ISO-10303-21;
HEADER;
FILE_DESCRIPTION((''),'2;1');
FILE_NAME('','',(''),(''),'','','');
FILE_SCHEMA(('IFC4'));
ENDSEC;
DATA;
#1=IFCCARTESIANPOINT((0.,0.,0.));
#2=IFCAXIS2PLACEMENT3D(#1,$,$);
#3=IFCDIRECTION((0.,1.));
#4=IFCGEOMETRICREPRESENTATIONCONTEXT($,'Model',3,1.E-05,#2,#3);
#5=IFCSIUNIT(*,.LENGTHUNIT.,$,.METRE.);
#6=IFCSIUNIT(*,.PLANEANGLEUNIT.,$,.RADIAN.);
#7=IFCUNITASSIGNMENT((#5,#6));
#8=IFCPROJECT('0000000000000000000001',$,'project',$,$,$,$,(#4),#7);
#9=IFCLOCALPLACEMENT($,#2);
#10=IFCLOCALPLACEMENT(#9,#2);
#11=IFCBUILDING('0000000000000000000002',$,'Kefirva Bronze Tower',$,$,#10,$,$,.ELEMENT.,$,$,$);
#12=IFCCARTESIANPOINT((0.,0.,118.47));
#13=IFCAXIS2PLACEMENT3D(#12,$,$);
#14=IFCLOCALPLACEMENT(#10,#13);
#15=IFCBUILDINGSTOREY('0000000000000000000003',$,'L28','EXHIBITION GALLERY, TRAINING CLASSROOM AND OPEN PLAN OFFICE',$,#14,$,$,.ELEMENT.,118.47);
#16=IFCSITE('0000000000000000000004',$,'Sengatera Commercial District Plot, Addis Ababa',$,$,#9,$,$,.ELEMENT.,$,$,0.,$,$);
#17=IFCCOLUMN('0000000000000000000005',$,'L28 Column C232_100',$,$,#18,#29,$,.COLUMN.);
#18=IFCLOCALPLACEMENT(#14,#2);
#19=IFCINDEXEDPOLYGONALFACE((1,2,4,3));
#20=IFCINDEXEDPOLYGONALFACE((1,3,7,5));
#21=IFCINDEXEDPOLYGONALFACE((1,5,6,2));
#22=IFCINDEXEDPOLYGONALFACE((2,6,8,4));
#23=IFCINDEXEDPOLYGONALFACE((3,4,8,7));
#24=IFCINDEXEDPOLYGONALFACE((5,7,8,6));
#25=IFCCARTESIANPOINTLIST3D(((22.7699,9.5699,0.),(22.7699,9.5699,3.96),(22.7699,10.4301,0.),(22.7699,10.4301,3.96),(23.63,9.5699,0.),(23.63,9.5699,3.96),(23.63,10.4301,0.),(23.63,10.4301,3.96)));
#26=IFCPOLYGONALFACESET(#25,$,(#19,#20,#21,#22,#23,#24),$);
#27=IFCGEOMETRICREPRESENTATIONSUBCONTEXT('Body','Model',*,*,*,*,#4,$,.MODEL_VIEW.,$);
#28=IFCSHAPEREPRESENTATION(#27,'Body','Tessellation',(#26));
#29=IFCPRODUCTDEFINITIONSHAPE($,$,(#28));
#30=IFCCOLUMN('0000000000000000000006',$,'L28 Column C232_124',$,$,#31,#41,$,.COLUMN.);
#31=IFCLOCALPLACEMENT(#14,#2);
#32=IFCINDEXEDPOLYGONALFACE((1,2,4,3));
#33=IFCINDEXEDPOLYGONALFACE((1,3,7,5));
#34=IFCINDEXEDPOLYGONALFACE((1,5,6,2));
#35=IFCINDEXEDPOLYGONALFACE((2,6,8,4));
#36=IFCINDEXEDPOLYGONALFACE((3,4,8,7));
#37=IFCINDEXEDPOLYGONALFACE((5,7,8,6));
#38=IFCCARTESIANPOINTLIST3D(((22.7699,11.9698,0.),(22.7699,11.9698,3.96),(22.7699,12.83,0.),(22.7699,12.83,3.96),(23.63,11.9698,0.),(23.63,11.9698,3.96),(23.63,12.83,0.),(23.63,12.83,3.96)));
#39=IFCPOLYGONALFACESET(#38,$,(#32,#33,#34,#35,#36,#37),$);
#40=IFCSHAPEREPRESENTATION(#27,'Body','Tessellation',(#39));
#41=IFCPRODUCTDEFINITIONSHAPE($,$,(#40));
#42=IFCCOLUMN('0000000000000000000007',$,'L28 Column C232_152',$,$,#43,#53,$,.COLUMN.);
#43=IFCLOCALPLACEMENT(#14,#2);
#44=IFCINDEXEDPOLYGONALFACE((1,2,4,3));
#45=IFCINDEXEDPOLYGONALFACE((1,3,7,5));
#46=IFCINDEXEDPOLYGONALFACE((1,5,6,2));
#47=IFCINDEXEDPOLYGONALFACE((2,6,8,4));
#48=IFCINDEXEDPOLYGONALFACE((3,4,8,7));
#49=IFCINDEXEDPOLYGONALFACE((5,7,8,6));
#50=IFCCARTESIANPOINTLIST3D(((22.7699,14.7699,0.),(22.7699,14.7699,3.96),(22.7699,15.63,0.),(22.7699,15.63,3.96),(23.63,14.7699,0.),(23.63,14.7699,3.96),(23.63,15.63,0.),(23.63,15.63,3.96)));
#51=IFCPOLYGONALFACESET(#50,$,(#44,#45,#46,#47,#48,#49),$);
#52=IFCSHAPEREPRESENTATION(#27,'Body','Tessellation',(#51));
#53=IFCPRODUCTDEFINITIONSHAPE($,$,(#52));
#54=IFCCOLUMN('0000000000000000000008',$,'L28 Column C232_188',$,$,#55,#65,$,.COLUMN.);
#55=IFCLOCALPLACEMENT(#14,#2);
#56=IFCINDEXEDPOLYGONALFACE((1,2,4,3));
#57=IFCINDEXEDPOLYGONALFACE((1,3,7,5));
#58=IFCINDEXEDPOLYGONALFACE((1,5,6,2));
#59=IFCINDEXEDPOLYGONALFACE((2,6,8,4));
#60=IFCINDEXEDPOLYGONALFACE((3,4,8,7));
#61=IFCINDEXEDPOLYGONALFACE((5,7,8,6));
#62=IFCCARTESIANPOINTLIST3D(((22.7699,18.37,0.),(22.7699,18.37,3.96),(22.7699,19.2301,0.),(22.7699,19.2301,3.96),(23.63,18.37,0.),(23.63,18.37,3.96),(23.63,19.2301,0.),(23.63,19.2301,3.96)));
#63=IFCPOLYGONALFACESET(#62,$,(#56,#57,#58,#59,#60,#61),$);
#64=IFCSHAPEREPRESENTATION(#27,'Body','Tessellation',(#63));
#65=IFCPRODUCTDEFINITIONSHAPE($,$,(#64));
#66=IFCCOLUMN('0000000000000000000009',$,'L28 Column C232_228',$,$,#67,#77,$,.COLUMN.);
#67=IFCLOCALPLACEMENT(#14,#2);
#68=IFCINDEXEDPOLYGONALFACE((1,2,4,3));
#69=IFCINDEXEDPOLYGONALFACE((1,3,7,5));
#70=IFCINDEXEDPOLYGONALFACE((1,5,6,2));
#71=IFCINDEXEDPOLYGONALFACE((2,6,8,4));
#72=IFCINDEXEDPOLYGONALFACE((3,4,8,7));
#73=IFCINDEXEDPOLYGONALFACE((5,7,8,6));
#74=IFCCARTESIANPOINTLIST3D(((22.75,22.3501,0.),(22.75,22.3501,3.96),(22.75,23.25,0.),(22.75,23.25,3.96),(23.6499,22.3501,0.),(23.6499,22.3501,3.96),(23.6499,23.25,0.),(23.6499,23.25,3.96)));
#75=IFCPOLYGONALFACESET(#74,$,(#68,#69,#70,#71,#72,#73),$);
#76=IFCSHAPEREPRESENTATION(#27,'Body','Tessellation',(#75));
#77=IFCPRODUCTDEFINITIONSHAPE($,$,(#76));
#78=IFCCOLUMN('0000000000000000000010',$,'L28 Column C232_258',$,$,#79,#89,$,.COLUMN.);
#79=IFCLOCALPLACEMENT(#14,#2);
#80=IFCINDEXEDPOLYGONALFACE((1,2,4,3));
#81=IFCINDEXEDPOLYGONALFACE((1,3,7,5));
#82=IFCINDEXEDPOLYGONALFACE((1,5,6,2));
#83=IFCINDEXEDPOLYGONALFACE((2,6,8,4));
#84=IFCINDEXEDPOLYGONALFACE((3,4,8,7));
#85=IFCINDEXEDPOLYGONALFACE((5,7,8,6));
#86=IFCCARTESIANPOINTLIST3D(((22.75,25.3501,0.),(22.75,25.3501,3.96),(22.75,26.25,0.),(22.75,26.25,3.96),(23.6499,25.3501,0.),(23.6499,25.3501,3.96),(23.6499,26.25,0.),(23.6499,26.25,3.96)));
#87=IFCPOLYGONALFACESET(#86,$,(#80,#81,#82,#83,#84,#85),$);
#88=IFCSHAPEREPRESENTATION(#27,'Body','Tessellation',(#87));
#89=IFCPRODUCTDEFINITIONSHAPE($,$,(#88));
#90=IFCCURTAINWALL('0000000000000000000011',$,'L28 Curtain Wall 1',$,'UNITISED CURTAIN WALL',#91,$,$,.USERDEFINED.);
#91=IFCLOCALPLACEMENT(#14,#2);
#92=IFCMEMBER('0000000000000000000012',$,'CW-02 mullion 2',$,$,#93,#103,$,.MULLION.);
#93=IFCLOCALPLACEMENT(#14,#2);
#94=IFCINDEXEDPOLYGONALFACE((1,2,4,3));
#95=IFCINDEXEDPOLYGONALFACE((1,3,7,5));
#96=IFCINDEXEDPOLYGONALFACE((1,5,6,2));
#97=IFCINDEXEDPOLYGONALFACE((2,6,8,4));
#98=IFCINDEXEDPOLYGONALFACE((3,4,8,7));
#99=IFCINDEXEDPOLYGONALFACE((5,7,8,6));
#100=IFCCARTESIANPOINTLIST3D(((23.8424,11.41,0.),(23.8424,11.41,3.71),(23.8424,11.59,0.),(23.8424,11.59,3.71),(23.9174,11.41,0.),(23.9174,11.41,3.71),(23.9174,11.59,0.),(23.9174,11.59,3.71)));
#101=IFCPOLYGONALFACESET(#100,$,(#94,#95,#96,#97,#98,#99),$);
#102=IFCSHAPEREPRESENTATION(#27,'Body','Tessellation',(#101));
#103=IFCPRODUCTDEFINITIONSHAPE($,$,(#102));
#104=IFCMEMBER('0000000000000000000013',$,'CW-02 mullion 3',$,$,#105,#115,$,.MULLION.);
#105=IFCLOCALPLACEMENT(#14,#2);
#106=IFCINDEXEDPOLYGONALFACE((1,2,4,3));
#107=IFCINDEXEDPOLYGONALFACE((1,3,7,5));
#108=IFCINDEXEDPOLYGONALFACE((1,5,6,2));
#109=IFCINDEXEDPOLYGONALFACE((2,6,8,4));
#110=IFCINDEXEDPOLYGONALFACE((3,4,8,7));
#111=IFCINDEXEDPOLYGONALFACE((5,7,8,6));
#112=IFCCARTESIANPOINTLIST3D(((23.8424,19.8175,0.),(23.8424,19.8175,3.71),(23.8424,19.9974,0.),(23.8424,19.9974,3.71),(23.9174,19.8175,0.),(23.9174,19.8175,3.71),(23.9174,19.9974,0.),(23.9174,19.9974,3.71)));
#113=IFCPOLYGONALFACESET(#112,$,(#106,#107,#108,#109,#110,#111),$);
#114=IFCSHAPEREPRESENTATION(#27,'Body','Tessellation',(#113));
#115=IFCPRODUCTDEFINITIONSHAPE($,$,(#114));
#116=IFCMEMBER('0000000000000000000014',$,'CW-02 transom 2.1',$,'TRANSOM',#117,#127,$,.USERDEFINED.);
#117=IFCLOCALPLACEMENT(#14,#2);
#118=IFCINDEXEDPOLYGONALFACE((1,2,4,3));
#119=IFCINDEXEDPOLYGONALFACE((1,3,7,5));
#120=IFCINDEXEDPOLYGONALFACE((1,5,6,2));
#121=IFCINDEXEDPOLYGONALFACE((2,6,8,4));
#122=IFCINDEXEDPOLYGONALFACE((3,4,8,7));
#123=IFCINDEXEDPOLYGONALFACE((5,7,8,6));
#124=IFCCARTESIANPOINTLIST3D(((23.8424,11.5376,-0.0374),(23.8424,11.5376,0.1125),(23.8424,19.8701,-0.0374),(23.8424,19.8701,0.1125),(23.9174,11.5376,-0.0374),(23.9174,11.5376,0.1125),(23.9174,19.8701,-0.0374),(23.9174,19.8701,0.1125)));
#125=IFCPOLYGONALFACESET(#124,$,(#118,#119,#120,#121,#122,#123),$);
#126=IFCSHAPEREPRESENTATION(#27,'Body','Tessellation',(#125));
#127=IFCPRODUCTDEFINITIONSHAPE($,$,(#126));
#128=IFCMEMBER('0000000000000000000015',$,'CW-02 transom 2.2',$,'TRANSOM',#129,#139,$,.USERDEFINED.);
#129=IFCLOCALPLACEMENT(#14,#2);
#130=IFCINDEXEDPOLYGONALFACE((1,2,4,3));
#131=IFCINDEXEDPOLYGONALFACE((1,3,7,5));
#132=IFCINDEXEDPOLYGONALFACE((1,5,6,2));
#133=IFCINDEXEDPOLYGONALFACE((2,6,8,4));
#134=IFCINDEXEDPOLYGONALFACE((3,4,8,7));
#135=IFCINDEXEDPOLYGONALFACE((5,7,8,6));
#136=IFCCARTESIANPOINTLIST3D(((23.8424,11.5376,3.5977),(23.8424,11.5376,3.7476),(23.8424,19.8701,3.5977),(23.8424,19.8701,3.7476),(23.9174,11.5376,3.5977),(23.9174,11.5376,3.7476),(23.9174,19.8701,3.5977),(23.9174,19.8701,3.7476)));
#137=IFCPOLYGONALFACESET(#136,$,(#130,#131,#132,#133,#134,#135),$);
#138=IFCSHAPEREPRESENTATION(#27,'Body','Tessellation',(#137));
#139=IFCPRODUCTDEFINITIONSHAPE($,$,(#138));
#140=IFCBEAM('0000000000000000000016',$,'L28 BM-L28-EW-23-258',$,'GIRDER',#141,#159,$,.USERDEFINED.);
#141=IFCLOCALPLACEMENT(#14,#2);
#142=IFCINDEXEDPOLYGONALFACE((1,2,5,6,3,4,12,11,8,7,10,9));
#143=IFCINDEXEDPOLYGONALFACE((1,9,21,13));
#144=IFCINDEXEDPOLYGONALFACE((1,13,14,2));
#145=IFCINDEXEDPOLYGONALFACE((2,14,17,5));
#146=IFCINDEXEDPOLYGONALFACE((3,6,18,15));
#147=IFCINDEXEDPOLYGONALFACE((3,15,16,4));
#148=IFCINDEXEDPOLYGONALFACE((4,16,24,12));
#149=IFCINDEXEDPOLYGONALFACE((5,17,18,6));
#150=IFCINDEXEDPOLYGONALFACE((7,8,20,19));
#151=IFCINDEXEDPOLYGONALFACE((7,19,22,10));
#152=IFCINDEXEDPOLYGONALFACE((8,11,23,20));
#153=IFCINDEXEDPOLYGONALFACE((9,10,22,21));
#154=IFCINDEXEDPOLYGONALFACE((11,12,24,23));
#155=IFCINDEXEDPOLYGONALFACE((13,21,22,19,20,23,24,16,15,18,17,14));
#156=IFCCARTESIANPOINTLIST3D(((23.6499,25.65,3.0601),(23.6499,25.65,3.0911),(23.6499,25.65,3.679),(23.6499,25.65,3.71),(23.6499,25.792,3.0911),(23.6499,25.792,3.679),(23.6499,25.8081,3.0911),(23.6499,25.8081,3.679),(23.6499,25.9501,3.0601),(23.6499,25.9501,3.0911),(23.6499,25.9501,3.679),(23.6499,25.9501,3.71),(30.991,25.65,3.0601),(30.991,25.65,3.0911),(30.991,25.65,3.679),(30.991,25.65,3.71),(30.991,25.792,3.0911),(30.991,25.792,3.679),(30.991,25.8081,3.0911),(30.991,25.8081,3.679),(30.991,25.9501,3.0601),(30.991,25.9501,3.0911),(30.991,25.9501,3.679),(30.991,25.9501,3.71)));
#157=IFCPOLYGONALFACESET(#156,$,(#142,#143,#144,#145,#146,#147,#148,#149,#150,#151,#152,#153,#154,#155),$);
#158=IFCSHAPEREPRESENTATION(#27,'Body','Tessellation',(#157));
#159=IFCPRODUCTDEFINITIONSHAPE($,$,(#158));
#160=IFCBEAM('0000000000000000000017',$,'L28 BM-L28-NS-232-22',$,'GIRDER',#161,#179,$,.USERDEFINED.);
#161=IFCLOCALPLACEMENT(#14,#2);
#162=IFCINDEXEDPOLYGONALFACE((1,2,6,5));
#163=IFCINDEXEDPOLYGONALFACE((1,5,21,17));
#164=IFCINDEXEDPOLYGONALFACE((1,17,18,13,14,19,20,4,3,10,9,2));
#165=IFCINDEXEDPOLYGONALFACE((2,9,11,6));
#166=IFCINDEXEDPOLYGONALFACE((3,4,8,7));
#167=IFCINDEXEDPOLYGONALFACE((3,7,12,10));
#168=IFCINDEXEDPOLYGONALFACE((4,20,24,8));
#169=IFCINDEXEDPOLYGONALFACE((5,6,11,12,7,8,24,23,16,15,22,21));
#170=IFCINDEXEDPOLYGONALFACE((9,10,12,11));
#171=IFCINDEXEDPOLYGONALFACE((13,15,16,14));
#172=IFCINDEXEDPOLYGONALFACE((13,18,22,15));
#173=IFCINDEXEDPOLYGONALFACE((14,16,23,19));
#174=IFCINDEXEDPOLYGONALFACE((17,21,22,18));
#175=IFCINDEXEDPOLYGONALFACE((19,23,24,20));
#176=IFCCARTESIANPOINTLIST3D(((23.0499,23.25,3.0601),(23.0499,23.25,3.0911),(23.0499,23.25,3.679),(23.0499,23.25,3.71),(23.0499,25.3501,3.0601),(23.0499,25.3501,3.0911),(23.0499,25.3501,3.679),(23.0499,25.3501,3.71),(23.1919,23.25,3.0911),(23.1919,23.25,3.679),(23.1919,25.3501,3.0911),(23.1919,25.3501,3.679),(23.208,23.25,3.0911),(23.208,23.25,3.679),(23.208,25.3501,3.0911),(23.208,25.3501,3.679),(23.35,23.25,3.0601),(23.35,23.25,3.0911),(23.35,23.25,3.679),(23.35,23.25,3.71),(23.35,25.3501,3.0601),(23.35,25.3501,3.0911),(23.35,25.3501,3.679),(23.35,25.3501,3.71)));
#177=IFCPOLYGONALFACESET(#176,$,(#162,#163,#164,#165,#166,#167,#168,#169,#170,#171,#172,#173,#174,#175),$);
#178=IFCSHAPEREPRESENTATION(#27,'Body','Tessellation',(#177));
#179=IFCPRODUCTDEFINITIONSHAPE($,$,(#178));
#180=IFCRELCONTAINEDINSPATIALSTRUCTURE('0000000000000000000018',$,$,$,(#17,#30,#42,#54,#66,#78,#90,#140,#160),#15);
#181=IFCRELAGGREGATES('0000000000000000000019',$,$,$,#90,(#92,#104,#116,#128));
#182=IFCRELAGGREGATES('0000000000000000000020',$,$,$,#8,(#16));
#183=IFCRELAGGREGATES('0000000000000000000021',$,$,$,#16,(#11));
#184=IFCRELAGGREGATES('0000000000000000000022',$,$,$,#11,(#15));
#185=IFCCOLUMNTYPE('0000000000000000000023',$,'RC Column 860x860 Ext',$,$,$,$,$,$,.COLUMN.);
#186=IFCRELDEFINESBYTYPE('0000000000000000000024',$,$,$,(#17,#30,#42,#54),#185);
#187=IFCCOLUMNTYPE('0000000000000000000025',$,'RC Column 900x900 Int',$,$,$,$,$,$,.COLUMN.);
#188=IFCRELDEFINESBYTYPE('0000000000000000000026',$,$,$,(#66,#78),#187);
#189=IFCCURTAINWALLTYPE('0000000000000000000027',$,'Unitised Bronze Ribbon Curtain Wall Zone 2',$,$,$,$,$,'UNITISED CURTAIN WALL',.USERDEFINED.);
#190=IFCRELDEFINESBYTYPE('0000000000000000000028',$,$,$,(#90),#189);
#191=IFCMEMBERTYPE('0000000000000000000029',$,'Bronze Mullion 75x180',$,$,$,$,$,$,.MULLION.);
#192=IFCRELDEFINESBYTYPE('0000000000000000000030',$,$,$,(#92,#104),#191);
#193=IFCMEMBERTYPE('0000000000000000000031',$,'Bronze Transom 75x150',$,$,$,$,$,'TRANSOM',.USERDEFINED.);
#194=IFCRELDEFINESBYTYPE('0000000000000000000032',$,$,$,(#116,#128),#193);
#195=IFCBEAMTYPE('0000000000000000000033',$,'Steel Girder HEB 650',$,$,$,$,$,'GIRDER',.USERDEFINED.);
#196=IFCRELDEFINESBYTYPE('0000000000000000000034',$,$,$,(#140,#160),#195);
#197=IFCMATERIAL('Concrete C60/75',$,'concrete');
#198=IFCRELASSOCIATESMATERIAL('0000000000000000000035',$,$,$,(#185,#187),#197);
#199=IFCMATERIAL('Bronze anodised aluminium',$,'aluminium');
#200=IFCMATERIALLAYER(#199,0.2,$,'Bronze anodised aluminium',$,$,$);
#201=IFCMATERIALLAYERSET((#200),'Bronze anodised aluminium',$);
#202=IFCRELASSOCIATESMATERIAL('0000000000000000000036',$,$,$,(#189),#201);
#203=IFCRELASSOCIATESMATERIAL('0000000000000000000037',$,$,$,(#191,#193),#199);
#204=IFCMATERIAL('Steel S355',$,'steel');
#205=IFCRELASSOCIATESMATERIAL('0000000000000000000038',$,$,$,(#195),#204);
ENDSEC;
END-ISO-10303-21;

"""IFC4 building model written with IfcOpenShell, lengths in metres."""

from ifc_helpers import new_model, si_unit, direction, frame, origin, origin_2d, place, context, subcontext, project, spatial, rectangle, i_section, extrude, material, layer, layer_set, material_profile, profile_set, type_object, element, aggregate, save


model = new_model("IFC4")

# Units and contexts
model_context = context("Model", 3, precision=1e-05, world=origin(), true_north=direction((0.0, 1.0)))
body_context = subcontext(model_context, "Body", "Model", "MODEL_VIEW")
ifc_project = project(units=[si_unit("LENGTHUNIT", "METRE"), si_unit("PLANEANGLEUNIT", "RADIAN")], contexts=[model_context])

# Site, building, storey
site_placement = place(None, origin())
site = spatial("IfcSite", under=ifc_project, at=site_placement, Name="Sengatera Commercial District Plot, Addis Ababa", CompositionType="ELEMENT", RefElevation=0.0)
building_placement = place(site_placement, origin())
building = spatial("IfcBuilding", under=site, at=building_placement, Name="Kefirva Bronze Tower", CompositionType="ELEMENT")
storey_placement = place(building_placement, frame((0.0, 0.0, 118.47)))
storey = spatial("IfcBuildingStorey", under=building, at=storey_placement, Name="L28", Description="EXHIBITION GALLERY, TRAINING CLASSROOM AND OPEN PLAN OFFICE", CompositionType="ELEMENT", Elevation=118.47)

# Columns
ifc_material_1 = material(Name="Concrete C60/75", Category="concrete")
ifc_material_profile_1 = material_profile(ifc_material_1, rectangle(XDim=0.8601, YDim=0.8601, at=origin_2d()), Name="RC 860x860")
ifc_profile_set_1 = profile_set([ifc_material_profile_1], Name="Concrete C60/75")
column_type_1 = type_object("IfcColumnType", Name="RC Column 860x860 Ext", PredefinedType="COLUMN", material=ifc_profile_set_1)
for number, where, z_axis, x_axis, name in (
    (1, (23.2, 10.0, 0.0), (0.0, 0.0, 1.0), (1.0, 0.0, 0.0), "L28 Column C232_100"),
    (2, (23.2, 12.3999, 0.0), (0.0, 0.0, 1.0), (1.0, 0.0, 0.0), "L28 Column C232_124"),
    (3, (23.2, 15.2, 0.0), (0.0, 0.0, 1.0), (1.0, 0.0, 0.0), "L28 Column C232_152"),
    (4, (23.2, 18.8, 0.0), (0.0, 0.0, 1.0), (1.0, 0.0, 0.0), "L28 Column C232_188"),
):
    element("IfcColumn", number, at=place(storey_placement, frame(where, z_axis=z_axis, x_axis=x_axis)), inside=storey, type_object=column_type_1, Name=name, PredefinedType="COLUMN", context=body_context, shape_type="SweptSolid", body=[
        extrude(rectangle(XDim=0.8601, YDim=0.8601, at=origin_2d()), origin(), (0.0, 0.0, 1.0), 3.96),
    ])
ifc_material_profile_2 = material_profile(ifc_material_1, rectangle(XDim=0.8999, YDim=0.8999, at=origin_2d()), Name="RC 900x900")
ifc_profile_set_2 = profile_set([ifc_material_profile_2], Name="Concrete C60/75")
column_type_2 = type_object("IfcColumnType", Name="RC Column 900x900 Int", PredefinedType="COLUMN", material=ifc_profile_set_2)
for number, where, z_axis, x_axis, name in (
    (5, (23.2, 22.8, 0.0), (0.0, 0.0, 1.0), (1.0, 0.0, 0.0), "L28 Column C232_228"),
    (6, (23.2, 25.8, 0.0), (0.0, 0.0, 1.0), (1.0, 0.0, 0.0), "L28 Column C232_258"),
):
    element("IfcColumn", number, at=place(storey_placement, frame(where, z_axis=z_axis, x_axis=x_axis)), inside=storey, type_object=column_type_2, Name=name, PredefinedType="COLUMN", context=body_context, shape_type="SweptSolid", body=[
        extrude(rectangle(XDim=0.8999, YDim=0.8999, at=origin_2d()), origin(), (0.0, 0.0, 1.0), 3.96),
    ])

# Curtain wall, members
ifc_material_2 = material(Name="Bronze anodised aluminium", Category="aluminium")
ifc_layer_1 = layer(ifc_material_2, 0.2, Name="Bronze anodised aluminium")
ifc_layer_set_1 = layer_set([ifc_layer_1], Name="Bronze anodised aluminium")
curtain_wall_type = type_object("IfcCurtainWallType", Name="Unitised Bronze Ribbon Curtain Wall Zone 2", ElementType="UNITISED CURTAIN WALL", PredefinedType="USERDEFINED", material=ifc_layer_set_1)
curtain_wall_placement = place(storey_placement, origin())
curtain_wall = element("IfcCurtainWall", 7, at=curtain_wall_placement, inside=storey, type_object=curtain_wall_type, Name="L28 Curtain Wall 1", ObjectType="UNITISED CURTAIN WALL", PredefinedType="USERDEFINED")
ifc_material_profile_3 = material_profile(ifc_material_2, rectangle(XDim=0.075, YDim=0.1799, at=origin_2d()), Name="ALU 75x180")
ifc_profile_set_3 = profile_set([ifc_material_profile_3], Name="Bronze anodised aluminium")
member_type_1 = type_object("IfcMemberType", Name="Bronze Mullion 75x180", PredefinedType="MULLION", material=ifc_profile_set_3)
member_1_placement = place(storey_placement, frame((23.8799, 11.5, 0.0), z_axis=(0.0, 0.0, 1.0), x_axis=(-1.0, 0.0, 0.0)))
member_1 = element("IfcMember", 8, at=member_1_placement, type_object=member_type_1, Name="CW-02 mullion 2", PredefinedType="MULLION", context=body_context, shape_type="SweptSolid", body=[
    extrude(rectangle(XDim=0.075, YDim=0.1799, at=origin_2d()), origin(), (0.0, 0.0, 1.0), 3.71),
])
member_2_placement = place(storey_placement, frame((23.8799, 19.9075, 0.0), z_axis=(0.0, 0.0, 1.0), x_axis=(-1.0, 0.0, 0.0)))
member_2 = element("IfcMember", 9, at=member_2_placement, type_object=member_type_1, Name="CW-02 mullion 3", PredefinedType="MULLION", context=body_context, shape_type="SweptSolid", body=[
    extrude(rectangle(XDim=0.075, YDim=0.1799, at=origin_2d()), origin(), (0.0, 0.0, 1.0), 3.71),
])
ifc_material_profile_4 = material_profile(ifc_material_2, rectangle(XDim=0.075, YDim=0.1499, at=origin_2d()), Name="ALU 75x150")
ifc_profile_set_4 = profile_set([ifc_material_profile_4], Name="Bronze anodised aluminium")
member_type_2 = type_object("IfcMemberType", Name="Bronze Transom 75x150", ElementType="TRANSOM", PredefinedType="USERDEFINED", material=ifc_profile_set_4)
member_3_placement = place(storey_placement, frame((23.8799, 11.5376, 0.0376), z_axis=(0.0, 1.0, 0.0), x_axis=(-1.0, 0.0, 0.0)))
member_3 = element("IfcMember", 10, at=member_3_placement, type_object=member_type_2, Name="CW-02 transom 2.1", ObjectType="TRANSOM", PredefinedType="USERDEFINED", context=body_context, shape_type="SweptSolid", body=[
    extrude(rectangle(XDim=0.075, YDim=0.1499, at=origin_2d()), origin(), (0.0, 0.0, 1.0), 8.3325),
])
member_4_placement = place(storey_placement, frame((23.8799, 11.5376, 3.6726), z_axis=(0.0, 1.0, 0.0), x_axis=(-1.0, 0.0, 0.0)))
member_4 = element("IfcMember", 11, at=member_4_placement, type_object=member_type_2, Name="CW-02 transom 2.2", ObjectType="TRANSOM", PredefinedType="USERDEFINED", context=body_context, shape_type="SweptSolid", body=[
    extrude(rectangle(XDim=0.075, YDim=0.1499, at=origin_2d()), origin(), (0.0, 0.0, 1.0), 8.3325),
])

# Beams
ifc_material_3 = material(Name="Steel S355", Category="steel")
ifc_material_profile_5 = material_profile(ifc_material_3, i_section(OverallWidth=0.3, OverallDepth=0.6499, WebThickness=0.0161, FlangeThickness=0.031, at=origin_2d()), Name="HEB 650")
ifc_profile_set_5 = profile_set([ifc_material_profile_5], Name="Steel S355")
beam_type_1 = type_object("IfcBeamType", Name="Steel Girder HEB 650", ElementType="GIRDER", PredefinedType="USERDEFINED", material=ifc_profile_set_5)
beam_1_placement = place(storey_placement, frame((23.6499, 25.8, 3.385), z_axis=(1.0, 0.0, 0.0), x_axis=(0.0, 1.0, 0.0)))
element("IfcBeam", 12, at=beam_1_placement, inside=storey, type_object=beam_type_1, Name="L28 BM-L28-EW-23-258", ObjectType="GIRDER", PredefinedType="USERDEFINED", context=body_context, shape_type="SweptSolid", body=[
    extrude(i_section(OverallWidth=0.3, OverallDepth=0.6499, WebThickness=0.0161, FlangeThickness=0.031, at=origin_2d()), origin(), (0.0, 0.0, 1.0), 7.3411),
])
beam_2_placement = place(storey_placement, frame((23.2, 23.25, 3.385), z_axis=(0.0, 1.0, 0.0), x_axis=(-1.0, 0.0, 0.0)))
element("IfcBeam", 13, at=beam_2_placement, inside=storey, type_object=beam_type_1, Name="L28 BM-L28-NS-232-22", ObjectType="GIRDER", PredefinedType="USERDEFINED", context=body_context, shape_type="SweptSolid", body=[
    extrude(i_section(OverallWidth=0.3, OverallDepth=0.6499, WebThickness=0.0161, FlangeThickness=0.031, at=origin_2d()), origin(), (0.0, 0.0, 1.0), 2.1001),
])

aggregate(curtain_wall, [member_1, member_2, member_3, member_4])

save(model, "model.ifc")
